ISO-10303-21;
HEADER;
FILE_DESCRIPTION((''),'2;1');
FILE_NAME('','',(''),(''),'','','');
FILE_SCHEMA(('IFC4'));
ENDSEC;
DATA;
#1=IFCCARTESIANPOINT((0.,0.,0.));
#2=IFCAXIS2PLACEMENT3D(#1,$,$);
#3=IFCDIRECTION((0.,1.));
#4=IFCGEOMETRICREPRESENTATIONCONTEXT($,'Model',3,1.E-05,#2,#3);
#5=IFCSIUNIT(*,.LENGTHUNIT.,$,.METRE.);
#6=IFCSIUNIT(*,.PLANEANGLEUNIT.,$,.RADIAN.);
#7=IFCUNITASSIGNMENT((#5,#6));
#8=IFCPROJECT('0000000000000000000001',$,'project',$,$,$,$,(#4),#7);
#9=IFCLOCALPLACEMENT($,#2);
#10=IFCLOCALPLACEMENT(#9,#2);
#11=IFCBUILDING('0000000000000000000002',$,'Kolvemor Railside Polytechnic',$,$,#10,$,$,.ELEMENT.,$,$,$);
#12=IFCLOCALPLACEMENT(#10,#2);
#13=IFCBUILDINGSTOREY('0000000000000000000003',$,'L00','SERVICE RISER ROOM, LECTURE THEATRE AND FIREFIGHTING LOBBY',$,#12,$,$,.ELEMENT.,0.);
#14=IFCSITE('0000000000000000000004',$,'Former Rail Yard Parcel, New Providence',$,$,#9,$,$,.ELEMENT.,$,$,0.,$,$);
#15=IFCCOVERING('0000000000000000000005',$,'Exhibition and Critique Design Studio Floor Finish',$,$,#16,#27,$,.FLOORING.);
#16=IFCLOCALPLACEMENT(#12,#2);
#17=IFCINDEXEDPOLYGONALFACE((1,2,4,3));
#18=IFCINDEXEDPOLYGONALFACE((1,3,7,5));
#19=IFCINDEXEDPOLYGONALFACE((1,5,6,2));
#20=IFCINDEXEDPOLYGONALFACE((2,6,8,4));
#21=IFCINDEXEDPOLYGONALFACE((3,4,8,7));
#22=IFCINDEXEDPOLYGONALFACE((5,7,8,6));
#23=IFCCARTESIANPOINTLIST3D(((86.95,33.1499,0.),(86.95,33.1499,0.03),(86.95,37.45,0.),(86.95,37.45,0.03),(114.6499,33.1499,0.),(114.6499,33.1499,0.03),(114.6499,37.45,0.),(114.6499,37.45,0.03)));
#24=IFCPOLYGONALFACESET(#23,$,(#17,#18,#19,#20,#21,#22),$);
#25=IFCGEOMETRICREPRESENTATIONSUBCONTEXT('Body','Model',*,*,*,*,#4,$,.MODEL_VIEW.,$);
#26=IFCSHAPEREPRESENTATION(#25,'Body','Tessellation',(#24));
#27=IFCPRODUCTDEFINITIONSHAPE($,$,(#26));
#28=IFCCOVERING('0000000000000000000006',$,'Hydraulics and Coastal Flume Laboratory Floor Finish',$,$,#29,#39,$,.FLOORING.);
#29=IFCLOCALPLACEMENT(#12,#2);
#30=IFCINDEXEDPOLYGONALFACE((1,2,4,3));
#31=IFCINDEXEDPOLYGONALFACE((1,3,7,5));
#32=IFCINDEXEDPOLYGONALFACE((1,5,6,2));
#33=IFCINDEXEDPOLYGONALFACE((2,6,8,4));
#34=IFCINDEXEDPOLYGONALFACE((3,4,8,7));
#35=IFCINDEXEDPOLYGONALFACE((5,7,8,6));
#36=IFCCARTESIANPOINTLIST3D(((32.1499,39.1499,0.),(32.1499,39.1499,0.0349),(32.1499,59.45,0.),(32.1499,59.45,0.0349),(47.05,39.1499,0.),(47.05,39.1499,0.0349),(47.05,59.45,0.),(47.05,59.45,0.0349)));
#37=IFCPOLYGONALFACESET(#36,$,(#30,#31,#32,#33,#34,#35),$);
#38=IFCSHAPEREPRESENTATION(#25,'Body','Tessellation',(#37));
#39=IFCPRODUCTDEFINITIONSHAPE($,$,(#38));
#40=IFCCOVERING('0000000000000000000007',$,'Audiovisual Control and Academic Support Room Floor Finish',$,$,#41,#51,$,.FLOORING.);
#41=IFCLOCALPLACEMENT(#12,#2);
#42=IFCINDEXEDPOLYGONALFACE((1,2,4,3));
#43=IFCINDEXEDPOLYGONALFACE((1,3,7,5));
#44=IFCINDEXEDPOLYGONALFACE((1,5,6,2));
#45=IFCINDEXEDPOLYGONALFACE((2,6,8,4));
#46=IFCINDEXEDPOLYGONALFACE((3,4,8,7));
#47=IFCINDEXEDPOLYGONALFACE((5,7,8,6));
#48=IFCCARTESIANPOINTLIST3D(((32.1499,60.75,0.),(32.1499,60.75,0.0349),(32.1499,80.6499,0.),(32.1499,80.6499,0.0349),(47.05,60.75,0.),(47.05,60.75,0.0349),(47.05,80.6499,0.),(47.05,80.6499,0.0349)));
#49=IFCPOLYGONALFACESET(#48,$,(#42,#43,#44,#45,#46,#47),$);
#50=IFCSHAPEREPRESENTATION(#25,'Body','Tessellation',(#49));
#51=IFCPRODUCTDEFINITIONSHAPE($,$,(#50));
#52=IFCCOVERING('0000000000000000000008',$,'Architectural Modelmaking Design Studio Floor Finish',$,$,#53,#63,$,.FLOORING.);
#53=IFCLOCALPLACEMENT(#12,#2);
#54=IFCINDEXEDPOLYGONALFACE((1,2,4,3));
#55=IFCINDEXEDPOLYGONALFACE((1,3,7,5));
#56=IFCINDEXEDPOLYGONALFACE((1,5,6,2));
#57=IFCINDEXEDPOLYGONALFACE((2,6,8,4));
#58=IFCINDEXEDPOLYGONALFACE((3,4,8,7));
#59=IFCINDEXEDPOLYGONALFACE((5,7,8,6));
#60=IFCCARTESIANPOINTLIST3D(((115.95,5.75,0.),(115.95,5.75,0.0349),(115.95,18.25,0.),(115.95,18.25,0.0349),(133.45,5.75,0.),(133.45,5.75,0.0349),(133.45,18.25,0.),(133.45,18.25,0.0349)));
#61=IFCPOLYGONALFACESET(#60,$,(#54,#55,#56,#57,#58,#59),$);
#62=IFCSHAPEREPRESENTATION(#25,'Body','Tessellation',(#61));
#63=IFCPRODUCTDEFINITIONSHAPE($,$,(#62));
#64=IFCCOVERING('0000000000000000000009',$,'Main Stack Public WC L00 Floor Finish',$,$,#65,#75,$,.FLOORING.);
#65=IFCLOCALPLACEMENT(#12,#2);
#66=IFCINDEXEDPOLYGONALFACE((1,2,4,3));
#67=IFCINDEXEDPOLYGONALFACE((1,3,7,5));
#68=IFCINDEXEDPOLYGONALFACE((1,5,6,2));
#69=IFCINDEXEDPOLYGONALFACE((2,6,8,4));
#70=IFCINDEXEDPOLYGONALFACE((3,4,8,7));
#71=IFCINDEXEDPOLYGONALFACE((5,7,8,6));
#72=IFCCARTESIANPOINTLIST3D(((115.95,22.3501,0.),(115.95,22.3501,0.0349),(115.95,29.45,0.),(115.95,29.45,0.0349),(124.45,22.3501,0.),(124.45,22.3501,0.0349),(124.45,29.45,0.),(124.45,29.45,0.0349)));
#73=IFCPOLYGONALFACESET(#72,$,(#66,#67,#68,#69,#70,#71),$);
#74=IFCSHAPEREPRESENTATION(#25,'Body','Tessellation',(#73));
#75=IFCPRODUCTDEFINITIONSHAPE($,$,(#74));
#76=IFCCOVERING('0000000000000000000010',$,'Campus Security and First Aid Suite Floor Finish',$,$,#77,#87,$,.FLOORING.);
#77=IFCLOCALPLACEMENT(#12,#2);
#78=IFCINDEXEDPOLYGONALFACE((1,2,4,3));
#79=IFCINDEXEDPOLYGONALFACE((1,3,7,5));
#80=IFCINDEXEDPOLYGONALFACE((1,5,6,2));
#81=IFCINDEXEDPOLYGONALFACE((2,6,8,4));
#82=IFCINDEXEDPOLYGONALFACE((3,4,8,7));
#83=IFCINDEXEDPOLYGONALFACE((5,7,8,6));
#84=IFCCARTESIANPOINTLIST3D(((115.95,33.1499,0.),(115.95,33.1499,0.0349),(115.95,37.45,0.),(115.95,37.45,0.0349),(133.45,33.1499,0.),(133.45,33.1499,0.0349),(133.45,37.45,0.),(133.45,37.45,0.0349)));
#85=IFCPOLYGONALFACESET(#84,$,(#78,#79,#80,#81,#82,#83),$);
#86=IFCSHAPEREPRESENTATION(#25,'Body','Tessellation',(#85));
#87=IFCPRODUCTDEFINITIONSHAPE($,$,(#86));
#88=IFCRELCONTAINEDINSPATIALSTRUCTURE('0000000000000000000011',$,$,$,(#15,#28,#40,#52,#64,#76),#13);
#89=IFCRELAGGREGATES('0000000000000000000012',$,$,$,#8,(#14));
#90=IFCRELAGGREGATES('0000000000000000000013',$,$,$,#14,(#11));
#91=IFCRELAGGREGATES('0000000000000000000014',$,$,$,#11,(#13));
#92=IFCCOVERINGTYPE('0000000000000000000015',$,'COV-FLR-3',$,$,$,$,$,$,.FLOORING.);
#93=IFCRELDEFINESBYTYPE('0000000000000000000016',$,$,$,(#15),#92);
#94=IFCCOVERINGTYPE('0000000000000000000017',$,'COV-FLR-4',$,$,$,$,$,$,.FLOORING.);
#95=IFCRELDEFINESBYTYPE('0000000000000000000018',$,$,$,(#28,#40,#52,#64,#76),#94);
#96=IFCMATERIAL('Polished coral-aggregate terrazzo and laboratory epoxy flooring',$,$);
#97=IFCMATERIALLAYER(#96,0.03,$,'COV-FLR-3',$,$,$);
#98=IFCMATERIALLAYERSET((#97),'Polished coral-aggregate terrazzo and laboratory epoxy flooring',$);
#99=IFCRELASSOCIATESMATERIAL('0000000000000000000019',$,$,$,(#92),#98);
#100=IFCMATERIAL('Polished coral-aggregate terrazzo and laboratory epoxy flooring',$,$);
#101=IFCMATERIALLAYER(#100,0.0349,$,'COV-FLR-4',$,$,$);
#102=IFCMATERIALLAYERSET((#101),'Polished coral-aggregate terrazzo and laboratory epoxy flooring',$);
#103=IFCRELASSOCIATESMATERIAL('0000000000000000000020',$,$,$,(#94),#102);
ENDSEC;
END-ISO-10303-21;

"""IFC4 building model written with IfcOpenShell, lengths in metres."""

from ifc_helpers import new_model, si_unit, direction, origin, place, context, subcontext, project, spatial, polyline, outline, extrude, material, layer, layer_set, type_object, element, save


model = new_model("IFC4")

# Units and contexts
model_context = context("Model", 3, precision=1e-05, world=origin(), true_north=direction((0.0, 1.0)))
body_context = subcontext(model_context, "Body", "Model", "MODEL_VIEW")
ifc_project = project(units=[si_unit("LENGTHUNIT", "METRE"), si_unit("PLANEANGLEUNIT", "RADIAN")], contexts=[model_context])

# Site, building, storey
site_placement = place(None, origin())
site = spatial("IfcSite", under=ifc_project, at=site_placement, Name="Former Rail Yard Parcel, New Providence", CompositionType="ELEMENT", RefElevation=0.0)
building_placement = place(site_placement, origin())
building = spatial("IfcBuilding", under=site, at=building_placement, Name="Kolvemor Railside Polytechnic", CompositionType="ELEMENT")
storey_placement = place(building_placement, origin())
storey = spatial("IfcBuildingStorey", under=building, at=storey_placement, Name="L00", Description="SERVICE RISER ROOM, LECTURE THEATRE AND FIREFIGHTING LOBBY", CompositionType="ELEMENT", Elevation=0.0)

# Coverings
ifc_material_1 = material(Name="Polished coral-aggregate terrazzo and laboratory epoxy flooring")
ifc_layer_1 = layer(ifc_material_1, 0.03, Name="COV-FLR-3")
ifc_layer_set_1 = layer_set([ifc_layer_1], Name="Polished coral-aggregate terrazzo and laboratory epoxy flooring")
covering_type_1 = type_object("IfcCoveringType", Name="COV-FLR-3", PredefinedType="FLOORING", material=ifc_layer_set_1)
covering_1_placement = place(storey_placement, origin())
element("IfcCovering", 1, at=covering_1_placement, inside=storey, type_object=covering_type_1, Name="Exhibition and Critique Design Studio Floor Finish", PredefinedType="FLOORING", context=body_context, shape_type="SweptSolid", body=[
    extrude(outline(polyline([(86.95, 33.1499), (114.6499, 33.1499), (114.6499, 37.45), (86.95, 37.45), (86.95, 33.1499)])), origin(), (0.0, 0.0, 1.0), 0.03),
])
ifc_material_2 = material(Name="Polished coral-aggregate terrazzo and laboratory epoxy flooring")
ifc_layer_2 = layer(ifc_material_2, 0.0349, Name="COV-FLR-4")
ifc_layer_set_2 = layer_set([ifc_layer_2], Name="Polished coral-aggregate terrazzo and laboratory epoxy flooring")
covering_type_2 = type_object("IfcCoveringType", Name="COV-FLR-4", PredefinedType="FLOORING", material=ifc_layer_set_2)
covering_2_placement = place(storey_placement, origin())
element("IfcCovering", 2, at=covering_2_placement, inside=storey, type_object=covering_type_2, Name="Hydraulics and Coastal Flume Laboratory Floor Finish", PredefinedType="FLOORING", context=body_context, shape_type="SweptSolid", body=[
    extrude(outline(polyline([(32.1499, 39.1499), (47.05, 39.1499), (47.05, 59.45), (32.1499, 59.45), (32.1499, 39.1499)])), origin(), (0.0, 0.0, 1.0), 0.0349),
])
covering_3_placement = place(storey_placement, origin())
element("IfcCovering", 3, at=covering_3_placement, inside=storey, type_object=covering_type_2, Name="Audiovisual Control and Academic Support Room Floor Finish", PredefinedType="FLOORING", context=body_context, shape_type="SweptSolid", body=[
    extrude(outline(polyline([(32.1499, 60.75), (47.05, 60.75), (47.05, 80.6499), (32.1499, 80.6499), (32.1499, 60.75)])), origin(), (0.0, 0.0, 1.0), 0.0349),
])
covering_4_placement = place(storey_placement, origin())
element("IfcCovering", 4, at=covering_4_placement, inside=storey, type_object=covering_type_2, Name="Architectural Modelmaking Design Studio Floor Finish", PredefinedType="FLOORING", context=body_context, shape_type="SweptSolid", body=[
    extrude(outline(polyline([(115.95, 5.75), (133.45, 5.75), (133.45, 18.25), (115.95, 18.25), (115.95, 5.75)])), origin(), (0.0, 0.0, 1.0), 0.0349),
])
covering_5_placement = place(storey_placement, origin())
element("IfcCovering", 5, at=covering_5_placement, inside=storey, type_object=covering_type_2, Name="Main Stack Public WC L00 Floor Finish", PredefinedType="FLOORING", context=body_context, shape_type="SweptSolid", body=[
    extrude(outline(polyline([(115.95, 22.3501), (124.45, 22.3501), (124.45, 29.45), (115.95, 29.45), (115.95, 22.3501)])), origin(), (0.0, 0.0, 1.0), 0.0349),
])
covering_6_placement = place(storey_placement, origin())
element("IfcCovering", 6, at=covering_6_placement, inside=storey, type_object=covering_type_2, Name="Campus Security and First Aid Suite Floor Finish", PredefinedType="FLOORING", context=body_context, shape_type="SweptSolid", body=[
    extrude(outline(polyline([(115.95, 33.1499), (133.45, 33.1499), (133.45, 37.45), (115.95, 37.45), (115.95, 33.1499)])), origin(), (0.0, 0.0, 1.0), 0.0349),
])

save(model, "model.ifc")
